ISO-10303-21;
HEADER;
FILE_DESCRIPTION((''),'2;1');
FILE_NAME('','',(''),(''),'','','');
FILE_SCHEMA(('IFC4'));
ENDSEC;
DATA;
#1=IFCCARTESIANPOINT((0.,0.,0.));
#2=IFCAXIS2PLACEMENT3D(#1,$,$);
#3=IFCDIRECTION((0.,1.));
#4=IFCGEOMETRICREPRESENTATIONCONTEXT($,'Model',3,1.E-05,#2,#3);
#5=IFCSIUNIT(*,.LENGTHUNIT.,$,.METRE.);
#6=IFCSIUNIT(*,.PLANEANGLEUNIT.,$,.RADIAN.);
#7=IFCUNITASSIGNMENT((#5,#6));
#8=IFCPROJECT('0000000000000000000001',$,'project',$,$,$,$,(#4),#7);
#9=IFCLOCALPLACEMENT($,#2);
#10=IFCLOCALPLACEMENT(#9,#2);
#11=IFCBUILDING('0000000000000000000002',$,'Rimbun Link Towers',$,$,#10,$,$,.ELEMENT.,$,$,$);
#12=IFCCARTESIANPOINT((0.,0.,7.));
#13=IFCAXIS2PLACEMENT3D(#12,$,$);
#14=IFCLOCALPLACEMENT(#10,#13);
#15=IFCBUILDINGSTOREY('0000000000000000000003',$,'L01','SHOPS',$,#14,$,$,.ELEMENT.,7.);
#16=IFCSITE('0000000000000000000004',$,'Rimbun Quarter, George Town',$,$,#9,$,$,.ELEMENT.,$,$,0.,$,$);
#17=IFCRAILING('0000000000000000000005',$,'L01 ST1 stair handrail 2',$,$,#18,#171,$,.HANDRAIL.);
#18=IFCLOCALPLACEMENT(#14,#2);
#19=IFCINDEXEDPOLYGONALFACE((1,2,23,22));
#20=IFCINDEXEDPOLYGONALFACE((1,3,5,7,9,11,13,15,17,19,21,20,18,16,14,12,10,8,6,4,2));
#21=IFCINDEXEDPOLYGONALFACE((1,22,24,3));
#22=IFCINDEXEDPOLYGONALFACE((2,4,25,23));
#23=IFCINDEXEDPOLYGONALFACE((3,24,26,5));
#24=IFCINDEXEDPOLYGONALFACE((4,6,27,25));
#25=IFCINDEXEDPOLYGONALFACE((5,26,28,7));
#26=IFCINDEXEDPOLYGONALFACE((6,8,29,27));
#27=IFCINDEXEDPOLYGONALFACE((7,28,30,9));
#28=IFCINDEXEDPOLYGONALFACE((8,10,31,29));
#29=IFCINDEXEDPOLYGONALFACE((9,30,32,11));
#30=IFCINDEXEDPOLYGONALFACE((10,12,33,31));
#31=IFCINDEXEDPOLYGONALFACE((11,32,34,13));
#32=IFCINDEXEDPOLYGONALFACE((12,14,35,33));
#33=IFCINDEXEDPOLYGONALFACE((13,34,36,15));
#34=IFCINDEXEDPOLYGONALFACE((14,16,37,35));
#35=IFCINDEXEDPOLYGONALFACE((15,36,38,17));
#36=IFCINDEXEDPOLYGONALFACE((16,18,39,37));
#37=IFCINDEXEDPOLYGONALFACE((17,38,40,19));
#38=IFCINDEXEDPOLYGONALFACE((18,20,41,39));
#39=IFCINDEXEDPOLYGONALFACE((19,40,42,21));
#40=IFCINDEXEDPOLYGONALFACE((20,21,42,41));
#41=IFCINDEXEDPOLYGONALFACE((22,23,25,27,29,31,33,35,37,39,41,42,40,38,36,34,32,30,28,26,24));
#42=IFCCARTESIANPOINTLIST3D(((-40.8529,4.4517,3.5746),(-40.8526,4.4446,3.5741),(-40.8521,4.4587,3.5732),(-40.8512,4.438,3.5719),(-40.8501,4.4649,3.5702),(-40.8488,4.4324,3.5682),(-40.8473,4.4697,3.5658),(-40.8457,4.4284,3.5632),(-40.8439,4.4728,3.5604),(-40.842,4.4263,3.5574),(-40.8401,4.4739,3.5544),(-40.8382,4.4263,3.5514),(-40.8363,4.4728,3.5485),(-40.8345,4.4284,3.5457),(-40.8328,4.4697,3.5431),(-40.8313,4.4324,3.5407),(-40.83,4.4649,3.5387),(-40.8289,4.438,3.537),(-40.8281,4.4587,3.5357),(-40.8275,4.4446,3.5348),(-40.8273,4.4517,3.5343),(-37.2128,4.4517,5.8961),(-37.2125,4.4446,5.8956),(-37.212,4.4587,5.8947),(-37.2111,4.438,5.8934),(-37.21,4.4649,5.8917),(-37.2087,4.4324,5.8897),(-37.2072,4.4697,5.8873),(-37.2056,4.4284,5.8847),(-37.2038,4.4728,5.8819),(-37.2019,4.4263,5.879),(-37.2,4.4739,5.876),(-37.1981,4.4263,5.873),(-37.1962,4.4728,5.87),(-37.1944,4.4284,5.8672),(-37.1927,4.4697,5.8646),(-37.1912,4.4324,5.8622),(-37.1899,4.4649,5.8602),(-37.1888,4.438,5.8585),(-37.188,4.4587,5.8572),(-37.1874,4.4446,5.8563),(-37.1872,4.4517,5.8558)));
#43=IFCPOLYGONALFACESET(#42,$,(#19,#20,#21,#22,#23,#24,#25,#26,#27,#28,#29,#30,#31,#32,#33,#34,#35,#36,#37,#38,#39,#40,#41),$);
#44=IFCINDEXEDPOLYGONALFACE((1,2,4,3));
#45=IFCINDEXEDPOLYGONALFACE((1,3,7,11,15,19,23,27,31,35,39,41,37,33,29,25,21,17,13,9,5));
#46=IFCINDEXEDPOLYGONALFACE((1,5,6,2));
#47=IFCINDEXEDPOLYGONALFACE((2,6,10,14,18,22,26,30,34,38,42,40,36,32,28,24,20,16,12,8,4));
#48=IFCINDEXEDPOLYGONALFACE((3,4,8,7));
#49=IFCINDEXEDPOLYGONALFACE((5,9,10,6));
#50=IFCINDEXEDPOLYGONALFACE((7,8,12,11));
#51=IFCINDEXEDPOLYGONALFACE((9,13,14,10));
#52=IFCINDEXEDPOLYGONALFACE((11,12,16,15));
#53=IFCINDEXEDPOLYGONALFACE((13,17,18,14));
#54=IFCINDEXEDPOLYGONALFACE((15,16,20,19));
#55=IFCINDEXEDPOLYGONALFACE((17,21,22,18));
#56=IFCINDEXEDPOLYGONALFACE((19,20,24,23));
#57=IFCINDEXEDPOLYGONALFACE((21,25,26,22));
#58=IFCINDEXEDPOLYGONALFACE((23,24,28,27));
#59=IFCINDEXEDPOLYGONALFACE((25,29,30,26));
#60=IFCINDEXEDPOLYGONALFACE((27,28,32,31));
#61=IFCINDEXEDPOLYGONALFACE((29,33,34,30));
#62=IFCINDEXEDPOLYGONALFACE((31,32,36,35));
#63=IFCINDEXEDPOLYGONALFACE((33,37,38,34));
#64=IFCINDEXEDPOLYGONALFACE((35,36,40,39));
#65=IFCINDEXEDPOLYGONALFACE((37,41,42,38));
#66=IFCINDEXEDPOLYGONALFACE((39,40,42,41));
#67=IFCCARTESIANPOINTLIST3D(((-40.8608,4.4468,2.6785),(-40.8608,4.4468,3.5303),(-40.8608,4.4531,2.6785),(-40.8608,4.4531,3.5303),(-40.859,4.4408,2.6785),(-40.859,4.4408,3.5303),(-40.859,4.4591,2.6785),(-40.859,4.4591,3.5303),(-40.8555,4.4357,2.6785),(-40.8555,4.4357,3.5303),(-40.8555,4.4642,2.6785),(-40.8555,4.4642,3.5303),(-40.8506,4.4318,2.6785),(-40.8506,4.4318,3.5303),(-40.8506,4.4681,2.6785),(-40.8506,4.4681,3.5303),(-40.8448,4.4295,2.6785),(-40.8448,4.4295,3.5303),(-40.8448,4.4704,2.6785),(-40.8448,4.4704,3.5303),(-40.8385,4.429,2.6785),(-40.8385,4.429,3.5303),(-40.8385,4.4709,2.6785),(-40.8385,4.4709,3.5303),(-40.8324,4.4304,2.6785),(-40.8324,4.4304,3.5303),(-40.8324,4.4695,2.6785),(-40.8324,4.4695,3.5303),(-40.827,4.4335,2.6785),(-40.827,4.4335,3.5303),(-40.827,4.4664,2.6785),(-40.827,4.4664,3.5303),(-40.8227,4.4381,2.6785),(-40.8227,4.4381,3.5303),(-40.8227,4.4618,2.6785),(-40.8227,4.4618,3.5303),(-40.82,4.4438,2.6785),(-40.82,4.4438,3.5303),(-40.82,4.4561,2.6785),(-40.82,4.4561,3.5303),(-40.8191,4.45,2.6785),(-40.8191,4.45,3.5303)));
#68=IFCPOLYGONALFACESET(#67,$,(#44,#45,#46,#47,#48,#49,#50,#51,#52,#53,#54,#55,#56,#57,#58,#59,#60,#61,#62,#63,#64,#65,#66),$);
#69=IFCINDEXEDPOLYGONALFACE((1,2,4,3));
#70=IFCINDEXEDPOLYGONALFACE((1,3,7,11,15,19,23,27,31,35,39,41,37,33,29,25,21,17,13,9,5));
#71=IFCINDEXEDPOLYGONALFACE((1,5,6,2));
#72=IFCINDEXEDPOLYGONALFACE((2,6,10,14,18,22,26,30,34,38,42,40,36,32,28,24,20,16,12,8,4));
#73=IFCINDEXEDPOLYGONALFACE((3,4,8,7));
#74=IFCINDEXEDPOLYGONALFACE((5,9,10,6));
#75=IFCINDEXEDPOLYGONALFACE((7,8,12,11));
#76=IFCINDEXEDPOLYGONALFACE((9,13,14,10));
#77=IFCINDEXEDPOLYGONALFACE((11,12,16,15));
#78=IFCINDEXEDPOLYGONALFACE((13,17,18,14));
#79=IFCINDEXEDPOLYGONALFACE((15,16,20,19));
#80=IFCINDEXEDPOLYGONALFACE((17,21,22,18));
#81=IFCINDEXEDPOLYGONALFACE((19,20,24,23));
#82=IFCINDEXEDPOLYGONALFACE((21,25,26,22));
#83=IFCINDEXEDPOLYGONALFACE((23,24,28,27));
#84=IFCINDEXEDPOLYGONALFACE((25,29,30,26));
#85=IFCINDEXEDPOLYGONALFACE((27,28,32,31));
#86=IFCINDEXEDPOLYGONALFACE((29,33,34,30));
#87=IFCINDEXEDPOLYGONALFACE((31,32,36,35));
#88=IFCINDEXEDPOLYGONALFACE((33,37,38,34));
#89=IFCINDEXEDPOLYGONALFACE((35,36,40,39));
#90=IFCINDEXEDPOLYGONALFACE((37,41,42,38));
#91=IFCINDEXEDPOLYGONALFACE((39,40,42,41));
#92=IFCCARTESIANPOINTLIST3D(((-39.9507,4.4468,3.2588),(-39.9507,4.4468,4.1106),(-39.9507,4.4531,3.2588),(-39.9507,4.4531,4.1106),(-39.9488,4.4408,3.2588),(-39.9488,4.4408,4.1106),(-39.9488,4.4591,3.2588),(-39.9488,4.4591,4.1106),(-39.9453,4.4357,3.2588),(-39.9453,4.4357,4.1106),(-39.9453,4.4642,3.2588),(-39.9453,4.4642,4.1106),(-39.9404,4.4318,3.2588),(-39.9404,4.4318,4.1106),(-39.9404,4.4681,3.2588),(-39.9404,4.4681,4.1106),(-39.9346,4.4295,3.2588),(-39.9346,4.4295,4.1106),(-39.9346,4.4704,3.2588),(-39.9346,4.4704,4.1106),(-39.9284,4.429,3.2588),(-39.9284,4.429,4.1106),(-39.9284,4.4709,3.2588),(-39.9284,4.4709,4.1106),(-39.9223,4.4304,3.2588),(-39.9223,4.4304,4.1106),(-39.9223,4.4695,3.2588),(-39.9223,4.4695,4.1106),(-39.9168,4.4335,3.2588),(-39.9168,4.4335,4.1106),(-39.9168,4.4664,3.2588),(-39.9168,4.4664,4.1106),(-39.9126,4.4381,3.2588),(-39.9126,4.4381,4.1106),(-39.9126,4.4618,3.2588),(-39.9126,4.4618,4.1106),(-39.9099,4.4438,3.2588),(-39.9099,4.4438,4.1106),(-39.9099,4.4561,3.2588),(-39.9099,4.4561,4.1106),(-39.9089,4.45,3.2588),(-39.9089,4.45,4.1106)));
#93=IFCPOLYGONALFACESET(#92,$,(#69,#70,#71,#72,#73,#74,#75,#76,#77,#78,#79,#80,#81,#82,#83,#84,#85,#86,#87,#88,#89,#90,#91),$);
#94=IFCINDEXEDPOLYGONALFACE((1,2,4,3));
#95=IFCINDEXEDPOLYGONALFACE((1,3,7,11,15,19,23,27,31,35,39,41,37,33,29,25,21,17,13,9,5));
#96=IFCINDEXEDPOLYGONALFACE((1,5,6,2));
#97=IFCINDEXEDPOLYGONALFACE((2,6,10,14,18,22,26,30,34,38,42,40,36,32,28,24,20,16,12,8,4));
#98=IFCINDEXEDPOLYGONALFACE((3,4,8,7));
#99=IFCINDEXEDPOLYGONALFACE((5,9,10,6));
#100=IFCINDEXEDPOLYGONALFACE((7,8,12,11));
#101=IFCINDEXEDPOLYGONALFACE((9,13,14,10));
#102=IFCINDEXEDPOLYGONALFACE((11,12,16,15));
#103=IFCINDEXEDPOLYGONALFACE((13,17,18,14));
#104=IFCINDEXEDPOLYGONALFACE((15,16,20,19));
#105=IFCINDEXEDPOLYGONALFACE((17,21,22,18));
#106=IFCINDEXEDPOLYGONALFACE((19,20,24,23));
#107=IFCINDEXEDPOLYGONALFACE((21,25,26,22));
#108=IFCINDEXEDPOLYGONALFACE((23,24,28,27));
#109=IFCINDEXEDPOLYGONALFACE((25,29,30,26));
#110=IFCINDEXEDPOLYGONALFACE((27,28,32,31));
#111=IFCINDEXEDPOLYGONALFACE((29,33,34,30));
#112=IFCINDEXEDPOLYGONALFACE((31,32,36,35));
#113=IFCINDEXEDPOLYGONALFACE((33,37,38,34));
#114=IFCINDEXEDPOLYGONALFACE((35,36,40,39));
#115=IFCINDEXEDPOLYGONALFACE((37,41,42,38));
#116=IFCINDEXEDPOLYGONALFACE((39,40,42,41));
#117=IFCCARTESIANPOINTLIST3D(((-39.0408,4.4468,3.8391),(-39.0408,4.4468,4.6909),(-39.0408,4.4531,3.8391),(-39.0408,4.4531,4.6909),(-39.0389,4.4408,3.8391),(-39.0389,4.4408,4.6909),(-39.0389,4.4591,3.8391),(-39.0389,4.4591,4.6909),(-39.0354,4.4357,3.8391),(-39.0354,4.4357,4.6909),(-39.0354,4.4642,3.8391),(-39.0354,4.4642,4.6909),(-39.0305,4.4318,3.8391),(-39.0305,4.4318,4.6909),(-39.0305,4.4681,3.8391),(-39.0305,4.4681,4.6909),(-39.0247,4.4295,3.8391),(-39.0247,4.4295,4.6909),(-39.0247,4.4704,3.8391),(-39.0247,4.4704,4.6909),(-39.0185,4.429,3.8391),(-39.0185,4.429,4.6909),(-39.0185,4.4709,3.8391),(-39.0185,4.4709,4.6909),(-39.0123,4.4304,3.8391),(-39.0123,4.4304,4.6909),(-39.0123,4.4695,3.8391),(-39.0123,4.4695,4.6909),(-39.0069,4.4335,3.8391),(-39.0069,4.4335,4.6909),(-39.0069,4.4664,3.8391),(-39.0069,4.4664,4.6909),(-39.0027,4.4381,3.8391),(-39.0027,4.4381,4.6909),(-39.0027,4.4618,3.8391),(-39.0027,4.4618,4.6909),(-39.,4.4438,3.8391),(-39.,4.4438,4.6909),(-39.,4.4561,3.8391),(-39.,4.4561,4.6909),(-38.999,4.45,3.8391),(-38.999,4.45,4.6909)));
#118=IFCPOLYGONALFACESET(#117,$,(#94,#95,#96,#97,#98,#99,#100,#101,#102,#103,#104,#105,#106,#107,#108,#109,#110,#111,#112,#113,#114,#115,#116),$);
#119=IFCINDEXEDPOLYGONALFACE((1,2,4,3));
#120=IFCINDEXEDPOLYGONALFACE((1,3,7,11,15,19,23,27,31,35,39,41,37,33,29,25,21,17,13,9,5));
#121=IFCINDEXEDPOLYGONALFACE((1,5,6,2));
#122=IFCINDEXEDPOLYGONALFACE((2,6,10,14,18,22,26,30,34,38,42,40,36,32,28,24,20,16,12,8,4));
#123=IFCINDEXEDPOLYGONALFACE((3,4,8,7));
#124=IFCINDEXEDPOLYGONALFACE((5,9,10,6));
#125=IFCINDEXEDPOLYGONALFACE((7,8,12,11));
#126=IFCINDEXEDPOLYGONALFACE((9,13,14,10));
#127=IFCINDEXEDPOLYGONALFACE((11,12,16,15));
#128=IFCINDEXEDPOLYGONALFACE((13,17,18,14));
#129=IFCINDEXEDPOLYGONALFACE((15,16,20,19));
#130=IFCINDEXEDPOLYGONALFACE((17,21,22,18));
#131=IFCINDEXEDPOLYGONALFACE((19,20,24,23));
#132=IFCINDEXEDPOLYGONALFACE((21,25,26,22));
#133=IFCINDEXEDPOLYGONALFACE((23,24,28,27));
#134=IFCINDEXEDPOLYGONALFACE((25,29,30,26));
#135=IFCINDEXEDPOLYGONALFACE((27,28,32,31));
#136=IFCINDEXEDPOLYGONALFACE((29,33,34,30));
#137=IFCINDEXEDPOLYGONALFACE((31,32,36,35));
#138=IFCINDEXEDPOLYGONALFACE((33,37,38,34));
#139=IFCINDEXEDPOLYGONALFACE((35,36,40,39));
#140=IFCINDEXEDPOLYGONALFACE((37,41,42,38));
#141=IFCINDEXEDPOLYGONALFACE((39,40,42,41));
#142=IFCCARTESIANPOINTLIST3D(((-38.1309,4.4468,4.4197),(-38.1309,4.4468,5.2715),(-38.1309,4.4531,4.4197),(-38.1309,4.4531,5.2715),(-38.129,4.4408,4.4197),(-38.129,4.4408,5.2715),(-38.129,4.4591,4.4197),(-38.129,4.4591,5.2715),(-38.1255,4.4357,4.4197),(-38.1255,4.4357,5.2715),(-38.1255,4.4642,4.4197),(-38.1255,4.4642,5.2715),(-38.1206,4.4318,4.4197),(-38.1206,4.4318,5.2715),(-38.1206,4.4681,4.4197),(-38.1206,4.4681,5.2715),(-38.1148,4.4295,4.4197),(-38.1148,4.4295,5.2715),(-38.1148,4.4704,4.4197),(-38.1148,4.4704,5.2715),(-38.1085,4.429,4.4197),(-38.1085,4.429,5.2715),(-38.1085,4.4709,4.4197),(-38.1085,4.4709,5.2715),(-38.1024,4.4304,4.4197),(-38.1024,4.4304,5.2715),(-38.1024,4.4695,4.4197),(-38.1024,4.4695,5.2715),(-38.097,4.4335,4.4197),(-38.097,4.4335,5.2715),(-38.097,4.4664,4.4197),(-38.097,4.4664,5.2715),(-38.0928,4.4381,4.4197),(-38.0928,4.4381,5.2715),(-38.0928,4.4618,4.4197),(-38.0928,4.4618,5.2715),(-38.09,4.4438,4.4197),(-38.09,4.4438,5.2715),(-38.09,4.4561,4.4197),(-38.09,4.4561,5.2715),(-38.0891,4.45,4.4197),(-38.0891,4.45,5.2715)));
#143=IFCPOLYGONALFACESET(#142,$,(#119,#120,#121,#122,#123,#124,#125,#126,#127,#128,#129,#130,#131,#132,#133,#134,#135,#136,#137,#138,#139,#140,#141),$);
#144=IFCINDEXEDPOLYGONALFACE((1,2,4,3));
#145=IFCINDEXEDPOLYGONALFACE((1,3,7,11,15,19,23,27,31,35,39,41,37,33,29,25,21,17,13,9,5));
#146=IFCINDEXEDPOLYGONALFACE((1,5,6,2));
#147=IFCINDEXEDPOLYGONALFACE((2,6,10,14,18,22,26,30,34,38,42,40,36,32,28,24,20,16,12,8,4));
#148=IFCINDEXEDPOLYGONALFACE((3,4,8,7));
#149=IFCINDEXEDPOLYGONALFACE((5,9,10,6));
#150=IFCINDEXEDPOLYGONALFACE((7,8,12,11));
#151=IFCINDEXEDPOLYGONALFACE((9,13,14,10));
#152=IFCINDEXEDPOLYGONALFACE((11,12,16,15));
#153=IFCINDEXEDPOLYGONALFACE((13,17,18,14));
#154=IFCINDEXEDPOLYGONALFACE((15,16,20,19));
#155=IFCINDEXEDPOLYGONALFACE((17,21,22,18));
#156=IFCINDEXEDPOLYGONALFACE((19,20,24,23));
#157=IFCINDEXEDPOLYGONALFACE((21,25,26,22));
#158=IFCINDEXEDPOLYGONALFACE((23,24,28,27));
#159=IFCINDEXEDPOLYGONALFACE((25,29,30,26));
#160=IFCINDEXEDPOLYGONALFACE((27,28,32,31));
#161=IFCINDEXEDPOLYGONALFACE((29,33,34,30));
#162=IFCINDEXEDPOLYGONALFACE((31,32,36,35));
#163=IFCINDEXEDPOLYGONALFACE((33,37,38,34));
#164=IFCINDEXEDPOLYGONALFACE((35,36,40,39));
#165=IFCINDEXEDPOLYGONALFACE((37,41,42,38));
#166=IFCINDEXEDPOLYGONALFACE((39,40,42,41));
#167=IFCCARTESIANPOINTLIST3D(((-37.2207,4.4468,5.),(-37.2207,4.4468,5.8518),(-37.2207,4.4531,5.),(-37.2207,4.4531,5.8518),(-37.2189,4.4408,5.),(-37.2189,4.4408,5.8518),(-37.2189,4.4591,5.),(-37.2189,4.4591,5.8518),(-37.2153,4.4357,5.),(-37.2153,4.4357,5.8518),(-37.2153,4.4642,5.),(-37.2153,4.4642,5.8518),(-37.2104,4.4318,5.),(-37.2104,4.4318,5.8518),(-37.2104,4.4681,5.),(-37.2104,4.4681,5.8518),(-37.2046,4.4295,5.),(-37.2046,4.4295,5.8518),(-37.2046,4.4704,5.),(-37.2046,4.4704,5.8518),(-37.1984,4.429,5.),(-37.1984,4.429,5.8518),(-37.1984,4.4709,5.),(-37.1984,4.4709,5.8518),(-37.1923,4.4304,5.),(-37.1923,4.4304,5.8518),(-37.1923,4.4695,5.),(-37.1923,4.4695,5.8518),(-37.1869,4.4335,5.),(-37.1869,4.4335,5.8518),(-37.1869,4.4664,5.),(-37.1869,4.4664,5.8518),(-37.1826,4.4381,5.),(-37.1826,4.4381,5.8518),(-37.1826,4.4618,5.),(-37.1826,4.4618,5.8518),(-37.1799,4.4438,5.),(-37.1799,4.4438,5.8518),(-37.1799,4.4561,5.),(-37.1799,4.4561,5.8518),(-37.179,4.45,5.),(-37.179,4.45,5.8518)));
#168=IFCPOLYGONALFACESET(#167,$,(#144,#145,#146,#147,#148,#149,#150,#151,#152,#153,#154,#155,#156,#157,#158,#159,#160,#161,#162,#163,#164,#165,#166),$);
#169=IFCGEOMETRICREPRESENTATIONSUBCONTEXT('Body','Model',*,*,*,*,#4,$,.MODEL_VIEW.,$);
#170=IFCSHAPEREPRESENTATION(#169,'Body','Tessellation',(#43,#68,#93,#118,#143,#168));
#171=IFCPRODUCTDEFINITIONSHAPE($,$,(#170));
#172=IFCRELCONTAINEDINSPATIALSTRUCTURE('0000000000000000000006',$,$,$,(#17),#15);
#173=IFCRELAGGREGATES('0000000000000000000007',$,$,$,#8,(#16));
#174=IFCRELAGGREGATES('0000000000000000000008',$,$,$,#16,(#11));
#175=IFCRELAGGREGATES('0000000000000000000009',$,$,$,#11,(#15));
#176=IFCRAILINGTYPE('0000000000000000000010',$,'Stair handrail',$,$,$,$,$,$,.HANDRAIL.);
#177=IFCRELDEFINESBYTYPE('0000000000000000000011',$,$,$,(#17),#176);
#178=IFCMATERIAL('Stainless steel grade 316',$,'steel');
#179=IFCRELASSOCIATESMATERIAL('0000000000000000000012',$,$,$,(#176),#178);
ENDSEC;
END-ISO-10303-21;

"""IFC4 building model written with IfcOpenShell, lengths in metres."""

from ifc_helpers import new_model, si_unit, direction, frame, origin, origin_2d, place, context, subcontext, project, spatial, circle, extrude, material, type_object, element, save


model = new_model("IFC4")

# Units and contexts
model_context = context("Model", 3, precision=1e-05, world=origin(), true_north=direction((0.0, 1.0)))
body_context = subcontext(model_context, "Body", "Model", "MODEL_VIEW")
ifc_project = project(units=[si_unit("LENGTHUNIT", "METRE"), si_unit("PLANEANGLEUNIT", "RADIAN")], contexts=[model_context])

# Site, building, storey
site_placement = place(None, origin())
site = spatial("IfcSite", under=ifc_project, at=site_placement, Name="Rimbun Quarter, George Town", CompositionType="ELEMENT", RefElevation=0.0)
building_placement = place(site_placement, origin())
building = spatial("IfcBuilding", under=site, at=building_placement, Name="Rimbun Link Towers", CompositionType="ELEMENT")
storey_placement = place(building_placement, frame((0.0, 0.0, 7.0)))
storey = spatial("IfcBuildingStorey", under=building, at=storey_placement, Name="L01", Description="SHOPS", CompositionType="ELEMENT", Elevation=7.0)

# Railing
ifc_material_1 = material(Name="Stainless steel grade 316", Category="steel")
railing_type_1 = type_object("IfcRailingType", Name="Stair handrail", PredefinedType="HANDRAIL", material=ifc_material_1)
railing_1_placement = place(storey_placement, frame((-40.8401, 4.45, 2.6785)))
element("IfcRailing", 1, at=railing_1_placement, inside=storey, type_object=railing_type_1, Name="L01 ST1 stair handrail 2", PredefinedType="HANDRAIL", context=body_context, shape_type="SweptSolid", body=[
    extrude(circle(Radius=0.0239, at=origin_2d()), frame((0.0, 0.0, 0.876), z_axis=(0.843128, 0.0, 0.537713), x_axis=(0.0, 1.0, 0.0)), (0.0, 0.0, 1.0), 4.3174),
    extrude(circle(Radius=0.021, at=origin_2d()), origin(), (0.0, 0.0, 1.0), 0.8518),
    extrude(circle(Radius=0.021, at=origin_2d()), frame((0.9102, 0.0, 0.5803)), (0.0, 0.0, 1.0), 0.8518),
    extrude(circle(Radius=0.021, at=origin_2d()), frame((1.8201, 0.0, 1.1606)), (0.0, 0.0, 1.0), 0.8518),
    extrude(circle(Radius=0.021, at=origin_2d()), frame((2.73, 0.0, 1.7412)), (0.0, 0.0, 1.0), 0.8518),
    extrude(circle(Radius=0.021, at=origin_2d()), frame((3.6401, 0.0, 2.3215)), (0.0, 0.0, 1.0), 0.8518),
])

save(model, "model.ifc")
